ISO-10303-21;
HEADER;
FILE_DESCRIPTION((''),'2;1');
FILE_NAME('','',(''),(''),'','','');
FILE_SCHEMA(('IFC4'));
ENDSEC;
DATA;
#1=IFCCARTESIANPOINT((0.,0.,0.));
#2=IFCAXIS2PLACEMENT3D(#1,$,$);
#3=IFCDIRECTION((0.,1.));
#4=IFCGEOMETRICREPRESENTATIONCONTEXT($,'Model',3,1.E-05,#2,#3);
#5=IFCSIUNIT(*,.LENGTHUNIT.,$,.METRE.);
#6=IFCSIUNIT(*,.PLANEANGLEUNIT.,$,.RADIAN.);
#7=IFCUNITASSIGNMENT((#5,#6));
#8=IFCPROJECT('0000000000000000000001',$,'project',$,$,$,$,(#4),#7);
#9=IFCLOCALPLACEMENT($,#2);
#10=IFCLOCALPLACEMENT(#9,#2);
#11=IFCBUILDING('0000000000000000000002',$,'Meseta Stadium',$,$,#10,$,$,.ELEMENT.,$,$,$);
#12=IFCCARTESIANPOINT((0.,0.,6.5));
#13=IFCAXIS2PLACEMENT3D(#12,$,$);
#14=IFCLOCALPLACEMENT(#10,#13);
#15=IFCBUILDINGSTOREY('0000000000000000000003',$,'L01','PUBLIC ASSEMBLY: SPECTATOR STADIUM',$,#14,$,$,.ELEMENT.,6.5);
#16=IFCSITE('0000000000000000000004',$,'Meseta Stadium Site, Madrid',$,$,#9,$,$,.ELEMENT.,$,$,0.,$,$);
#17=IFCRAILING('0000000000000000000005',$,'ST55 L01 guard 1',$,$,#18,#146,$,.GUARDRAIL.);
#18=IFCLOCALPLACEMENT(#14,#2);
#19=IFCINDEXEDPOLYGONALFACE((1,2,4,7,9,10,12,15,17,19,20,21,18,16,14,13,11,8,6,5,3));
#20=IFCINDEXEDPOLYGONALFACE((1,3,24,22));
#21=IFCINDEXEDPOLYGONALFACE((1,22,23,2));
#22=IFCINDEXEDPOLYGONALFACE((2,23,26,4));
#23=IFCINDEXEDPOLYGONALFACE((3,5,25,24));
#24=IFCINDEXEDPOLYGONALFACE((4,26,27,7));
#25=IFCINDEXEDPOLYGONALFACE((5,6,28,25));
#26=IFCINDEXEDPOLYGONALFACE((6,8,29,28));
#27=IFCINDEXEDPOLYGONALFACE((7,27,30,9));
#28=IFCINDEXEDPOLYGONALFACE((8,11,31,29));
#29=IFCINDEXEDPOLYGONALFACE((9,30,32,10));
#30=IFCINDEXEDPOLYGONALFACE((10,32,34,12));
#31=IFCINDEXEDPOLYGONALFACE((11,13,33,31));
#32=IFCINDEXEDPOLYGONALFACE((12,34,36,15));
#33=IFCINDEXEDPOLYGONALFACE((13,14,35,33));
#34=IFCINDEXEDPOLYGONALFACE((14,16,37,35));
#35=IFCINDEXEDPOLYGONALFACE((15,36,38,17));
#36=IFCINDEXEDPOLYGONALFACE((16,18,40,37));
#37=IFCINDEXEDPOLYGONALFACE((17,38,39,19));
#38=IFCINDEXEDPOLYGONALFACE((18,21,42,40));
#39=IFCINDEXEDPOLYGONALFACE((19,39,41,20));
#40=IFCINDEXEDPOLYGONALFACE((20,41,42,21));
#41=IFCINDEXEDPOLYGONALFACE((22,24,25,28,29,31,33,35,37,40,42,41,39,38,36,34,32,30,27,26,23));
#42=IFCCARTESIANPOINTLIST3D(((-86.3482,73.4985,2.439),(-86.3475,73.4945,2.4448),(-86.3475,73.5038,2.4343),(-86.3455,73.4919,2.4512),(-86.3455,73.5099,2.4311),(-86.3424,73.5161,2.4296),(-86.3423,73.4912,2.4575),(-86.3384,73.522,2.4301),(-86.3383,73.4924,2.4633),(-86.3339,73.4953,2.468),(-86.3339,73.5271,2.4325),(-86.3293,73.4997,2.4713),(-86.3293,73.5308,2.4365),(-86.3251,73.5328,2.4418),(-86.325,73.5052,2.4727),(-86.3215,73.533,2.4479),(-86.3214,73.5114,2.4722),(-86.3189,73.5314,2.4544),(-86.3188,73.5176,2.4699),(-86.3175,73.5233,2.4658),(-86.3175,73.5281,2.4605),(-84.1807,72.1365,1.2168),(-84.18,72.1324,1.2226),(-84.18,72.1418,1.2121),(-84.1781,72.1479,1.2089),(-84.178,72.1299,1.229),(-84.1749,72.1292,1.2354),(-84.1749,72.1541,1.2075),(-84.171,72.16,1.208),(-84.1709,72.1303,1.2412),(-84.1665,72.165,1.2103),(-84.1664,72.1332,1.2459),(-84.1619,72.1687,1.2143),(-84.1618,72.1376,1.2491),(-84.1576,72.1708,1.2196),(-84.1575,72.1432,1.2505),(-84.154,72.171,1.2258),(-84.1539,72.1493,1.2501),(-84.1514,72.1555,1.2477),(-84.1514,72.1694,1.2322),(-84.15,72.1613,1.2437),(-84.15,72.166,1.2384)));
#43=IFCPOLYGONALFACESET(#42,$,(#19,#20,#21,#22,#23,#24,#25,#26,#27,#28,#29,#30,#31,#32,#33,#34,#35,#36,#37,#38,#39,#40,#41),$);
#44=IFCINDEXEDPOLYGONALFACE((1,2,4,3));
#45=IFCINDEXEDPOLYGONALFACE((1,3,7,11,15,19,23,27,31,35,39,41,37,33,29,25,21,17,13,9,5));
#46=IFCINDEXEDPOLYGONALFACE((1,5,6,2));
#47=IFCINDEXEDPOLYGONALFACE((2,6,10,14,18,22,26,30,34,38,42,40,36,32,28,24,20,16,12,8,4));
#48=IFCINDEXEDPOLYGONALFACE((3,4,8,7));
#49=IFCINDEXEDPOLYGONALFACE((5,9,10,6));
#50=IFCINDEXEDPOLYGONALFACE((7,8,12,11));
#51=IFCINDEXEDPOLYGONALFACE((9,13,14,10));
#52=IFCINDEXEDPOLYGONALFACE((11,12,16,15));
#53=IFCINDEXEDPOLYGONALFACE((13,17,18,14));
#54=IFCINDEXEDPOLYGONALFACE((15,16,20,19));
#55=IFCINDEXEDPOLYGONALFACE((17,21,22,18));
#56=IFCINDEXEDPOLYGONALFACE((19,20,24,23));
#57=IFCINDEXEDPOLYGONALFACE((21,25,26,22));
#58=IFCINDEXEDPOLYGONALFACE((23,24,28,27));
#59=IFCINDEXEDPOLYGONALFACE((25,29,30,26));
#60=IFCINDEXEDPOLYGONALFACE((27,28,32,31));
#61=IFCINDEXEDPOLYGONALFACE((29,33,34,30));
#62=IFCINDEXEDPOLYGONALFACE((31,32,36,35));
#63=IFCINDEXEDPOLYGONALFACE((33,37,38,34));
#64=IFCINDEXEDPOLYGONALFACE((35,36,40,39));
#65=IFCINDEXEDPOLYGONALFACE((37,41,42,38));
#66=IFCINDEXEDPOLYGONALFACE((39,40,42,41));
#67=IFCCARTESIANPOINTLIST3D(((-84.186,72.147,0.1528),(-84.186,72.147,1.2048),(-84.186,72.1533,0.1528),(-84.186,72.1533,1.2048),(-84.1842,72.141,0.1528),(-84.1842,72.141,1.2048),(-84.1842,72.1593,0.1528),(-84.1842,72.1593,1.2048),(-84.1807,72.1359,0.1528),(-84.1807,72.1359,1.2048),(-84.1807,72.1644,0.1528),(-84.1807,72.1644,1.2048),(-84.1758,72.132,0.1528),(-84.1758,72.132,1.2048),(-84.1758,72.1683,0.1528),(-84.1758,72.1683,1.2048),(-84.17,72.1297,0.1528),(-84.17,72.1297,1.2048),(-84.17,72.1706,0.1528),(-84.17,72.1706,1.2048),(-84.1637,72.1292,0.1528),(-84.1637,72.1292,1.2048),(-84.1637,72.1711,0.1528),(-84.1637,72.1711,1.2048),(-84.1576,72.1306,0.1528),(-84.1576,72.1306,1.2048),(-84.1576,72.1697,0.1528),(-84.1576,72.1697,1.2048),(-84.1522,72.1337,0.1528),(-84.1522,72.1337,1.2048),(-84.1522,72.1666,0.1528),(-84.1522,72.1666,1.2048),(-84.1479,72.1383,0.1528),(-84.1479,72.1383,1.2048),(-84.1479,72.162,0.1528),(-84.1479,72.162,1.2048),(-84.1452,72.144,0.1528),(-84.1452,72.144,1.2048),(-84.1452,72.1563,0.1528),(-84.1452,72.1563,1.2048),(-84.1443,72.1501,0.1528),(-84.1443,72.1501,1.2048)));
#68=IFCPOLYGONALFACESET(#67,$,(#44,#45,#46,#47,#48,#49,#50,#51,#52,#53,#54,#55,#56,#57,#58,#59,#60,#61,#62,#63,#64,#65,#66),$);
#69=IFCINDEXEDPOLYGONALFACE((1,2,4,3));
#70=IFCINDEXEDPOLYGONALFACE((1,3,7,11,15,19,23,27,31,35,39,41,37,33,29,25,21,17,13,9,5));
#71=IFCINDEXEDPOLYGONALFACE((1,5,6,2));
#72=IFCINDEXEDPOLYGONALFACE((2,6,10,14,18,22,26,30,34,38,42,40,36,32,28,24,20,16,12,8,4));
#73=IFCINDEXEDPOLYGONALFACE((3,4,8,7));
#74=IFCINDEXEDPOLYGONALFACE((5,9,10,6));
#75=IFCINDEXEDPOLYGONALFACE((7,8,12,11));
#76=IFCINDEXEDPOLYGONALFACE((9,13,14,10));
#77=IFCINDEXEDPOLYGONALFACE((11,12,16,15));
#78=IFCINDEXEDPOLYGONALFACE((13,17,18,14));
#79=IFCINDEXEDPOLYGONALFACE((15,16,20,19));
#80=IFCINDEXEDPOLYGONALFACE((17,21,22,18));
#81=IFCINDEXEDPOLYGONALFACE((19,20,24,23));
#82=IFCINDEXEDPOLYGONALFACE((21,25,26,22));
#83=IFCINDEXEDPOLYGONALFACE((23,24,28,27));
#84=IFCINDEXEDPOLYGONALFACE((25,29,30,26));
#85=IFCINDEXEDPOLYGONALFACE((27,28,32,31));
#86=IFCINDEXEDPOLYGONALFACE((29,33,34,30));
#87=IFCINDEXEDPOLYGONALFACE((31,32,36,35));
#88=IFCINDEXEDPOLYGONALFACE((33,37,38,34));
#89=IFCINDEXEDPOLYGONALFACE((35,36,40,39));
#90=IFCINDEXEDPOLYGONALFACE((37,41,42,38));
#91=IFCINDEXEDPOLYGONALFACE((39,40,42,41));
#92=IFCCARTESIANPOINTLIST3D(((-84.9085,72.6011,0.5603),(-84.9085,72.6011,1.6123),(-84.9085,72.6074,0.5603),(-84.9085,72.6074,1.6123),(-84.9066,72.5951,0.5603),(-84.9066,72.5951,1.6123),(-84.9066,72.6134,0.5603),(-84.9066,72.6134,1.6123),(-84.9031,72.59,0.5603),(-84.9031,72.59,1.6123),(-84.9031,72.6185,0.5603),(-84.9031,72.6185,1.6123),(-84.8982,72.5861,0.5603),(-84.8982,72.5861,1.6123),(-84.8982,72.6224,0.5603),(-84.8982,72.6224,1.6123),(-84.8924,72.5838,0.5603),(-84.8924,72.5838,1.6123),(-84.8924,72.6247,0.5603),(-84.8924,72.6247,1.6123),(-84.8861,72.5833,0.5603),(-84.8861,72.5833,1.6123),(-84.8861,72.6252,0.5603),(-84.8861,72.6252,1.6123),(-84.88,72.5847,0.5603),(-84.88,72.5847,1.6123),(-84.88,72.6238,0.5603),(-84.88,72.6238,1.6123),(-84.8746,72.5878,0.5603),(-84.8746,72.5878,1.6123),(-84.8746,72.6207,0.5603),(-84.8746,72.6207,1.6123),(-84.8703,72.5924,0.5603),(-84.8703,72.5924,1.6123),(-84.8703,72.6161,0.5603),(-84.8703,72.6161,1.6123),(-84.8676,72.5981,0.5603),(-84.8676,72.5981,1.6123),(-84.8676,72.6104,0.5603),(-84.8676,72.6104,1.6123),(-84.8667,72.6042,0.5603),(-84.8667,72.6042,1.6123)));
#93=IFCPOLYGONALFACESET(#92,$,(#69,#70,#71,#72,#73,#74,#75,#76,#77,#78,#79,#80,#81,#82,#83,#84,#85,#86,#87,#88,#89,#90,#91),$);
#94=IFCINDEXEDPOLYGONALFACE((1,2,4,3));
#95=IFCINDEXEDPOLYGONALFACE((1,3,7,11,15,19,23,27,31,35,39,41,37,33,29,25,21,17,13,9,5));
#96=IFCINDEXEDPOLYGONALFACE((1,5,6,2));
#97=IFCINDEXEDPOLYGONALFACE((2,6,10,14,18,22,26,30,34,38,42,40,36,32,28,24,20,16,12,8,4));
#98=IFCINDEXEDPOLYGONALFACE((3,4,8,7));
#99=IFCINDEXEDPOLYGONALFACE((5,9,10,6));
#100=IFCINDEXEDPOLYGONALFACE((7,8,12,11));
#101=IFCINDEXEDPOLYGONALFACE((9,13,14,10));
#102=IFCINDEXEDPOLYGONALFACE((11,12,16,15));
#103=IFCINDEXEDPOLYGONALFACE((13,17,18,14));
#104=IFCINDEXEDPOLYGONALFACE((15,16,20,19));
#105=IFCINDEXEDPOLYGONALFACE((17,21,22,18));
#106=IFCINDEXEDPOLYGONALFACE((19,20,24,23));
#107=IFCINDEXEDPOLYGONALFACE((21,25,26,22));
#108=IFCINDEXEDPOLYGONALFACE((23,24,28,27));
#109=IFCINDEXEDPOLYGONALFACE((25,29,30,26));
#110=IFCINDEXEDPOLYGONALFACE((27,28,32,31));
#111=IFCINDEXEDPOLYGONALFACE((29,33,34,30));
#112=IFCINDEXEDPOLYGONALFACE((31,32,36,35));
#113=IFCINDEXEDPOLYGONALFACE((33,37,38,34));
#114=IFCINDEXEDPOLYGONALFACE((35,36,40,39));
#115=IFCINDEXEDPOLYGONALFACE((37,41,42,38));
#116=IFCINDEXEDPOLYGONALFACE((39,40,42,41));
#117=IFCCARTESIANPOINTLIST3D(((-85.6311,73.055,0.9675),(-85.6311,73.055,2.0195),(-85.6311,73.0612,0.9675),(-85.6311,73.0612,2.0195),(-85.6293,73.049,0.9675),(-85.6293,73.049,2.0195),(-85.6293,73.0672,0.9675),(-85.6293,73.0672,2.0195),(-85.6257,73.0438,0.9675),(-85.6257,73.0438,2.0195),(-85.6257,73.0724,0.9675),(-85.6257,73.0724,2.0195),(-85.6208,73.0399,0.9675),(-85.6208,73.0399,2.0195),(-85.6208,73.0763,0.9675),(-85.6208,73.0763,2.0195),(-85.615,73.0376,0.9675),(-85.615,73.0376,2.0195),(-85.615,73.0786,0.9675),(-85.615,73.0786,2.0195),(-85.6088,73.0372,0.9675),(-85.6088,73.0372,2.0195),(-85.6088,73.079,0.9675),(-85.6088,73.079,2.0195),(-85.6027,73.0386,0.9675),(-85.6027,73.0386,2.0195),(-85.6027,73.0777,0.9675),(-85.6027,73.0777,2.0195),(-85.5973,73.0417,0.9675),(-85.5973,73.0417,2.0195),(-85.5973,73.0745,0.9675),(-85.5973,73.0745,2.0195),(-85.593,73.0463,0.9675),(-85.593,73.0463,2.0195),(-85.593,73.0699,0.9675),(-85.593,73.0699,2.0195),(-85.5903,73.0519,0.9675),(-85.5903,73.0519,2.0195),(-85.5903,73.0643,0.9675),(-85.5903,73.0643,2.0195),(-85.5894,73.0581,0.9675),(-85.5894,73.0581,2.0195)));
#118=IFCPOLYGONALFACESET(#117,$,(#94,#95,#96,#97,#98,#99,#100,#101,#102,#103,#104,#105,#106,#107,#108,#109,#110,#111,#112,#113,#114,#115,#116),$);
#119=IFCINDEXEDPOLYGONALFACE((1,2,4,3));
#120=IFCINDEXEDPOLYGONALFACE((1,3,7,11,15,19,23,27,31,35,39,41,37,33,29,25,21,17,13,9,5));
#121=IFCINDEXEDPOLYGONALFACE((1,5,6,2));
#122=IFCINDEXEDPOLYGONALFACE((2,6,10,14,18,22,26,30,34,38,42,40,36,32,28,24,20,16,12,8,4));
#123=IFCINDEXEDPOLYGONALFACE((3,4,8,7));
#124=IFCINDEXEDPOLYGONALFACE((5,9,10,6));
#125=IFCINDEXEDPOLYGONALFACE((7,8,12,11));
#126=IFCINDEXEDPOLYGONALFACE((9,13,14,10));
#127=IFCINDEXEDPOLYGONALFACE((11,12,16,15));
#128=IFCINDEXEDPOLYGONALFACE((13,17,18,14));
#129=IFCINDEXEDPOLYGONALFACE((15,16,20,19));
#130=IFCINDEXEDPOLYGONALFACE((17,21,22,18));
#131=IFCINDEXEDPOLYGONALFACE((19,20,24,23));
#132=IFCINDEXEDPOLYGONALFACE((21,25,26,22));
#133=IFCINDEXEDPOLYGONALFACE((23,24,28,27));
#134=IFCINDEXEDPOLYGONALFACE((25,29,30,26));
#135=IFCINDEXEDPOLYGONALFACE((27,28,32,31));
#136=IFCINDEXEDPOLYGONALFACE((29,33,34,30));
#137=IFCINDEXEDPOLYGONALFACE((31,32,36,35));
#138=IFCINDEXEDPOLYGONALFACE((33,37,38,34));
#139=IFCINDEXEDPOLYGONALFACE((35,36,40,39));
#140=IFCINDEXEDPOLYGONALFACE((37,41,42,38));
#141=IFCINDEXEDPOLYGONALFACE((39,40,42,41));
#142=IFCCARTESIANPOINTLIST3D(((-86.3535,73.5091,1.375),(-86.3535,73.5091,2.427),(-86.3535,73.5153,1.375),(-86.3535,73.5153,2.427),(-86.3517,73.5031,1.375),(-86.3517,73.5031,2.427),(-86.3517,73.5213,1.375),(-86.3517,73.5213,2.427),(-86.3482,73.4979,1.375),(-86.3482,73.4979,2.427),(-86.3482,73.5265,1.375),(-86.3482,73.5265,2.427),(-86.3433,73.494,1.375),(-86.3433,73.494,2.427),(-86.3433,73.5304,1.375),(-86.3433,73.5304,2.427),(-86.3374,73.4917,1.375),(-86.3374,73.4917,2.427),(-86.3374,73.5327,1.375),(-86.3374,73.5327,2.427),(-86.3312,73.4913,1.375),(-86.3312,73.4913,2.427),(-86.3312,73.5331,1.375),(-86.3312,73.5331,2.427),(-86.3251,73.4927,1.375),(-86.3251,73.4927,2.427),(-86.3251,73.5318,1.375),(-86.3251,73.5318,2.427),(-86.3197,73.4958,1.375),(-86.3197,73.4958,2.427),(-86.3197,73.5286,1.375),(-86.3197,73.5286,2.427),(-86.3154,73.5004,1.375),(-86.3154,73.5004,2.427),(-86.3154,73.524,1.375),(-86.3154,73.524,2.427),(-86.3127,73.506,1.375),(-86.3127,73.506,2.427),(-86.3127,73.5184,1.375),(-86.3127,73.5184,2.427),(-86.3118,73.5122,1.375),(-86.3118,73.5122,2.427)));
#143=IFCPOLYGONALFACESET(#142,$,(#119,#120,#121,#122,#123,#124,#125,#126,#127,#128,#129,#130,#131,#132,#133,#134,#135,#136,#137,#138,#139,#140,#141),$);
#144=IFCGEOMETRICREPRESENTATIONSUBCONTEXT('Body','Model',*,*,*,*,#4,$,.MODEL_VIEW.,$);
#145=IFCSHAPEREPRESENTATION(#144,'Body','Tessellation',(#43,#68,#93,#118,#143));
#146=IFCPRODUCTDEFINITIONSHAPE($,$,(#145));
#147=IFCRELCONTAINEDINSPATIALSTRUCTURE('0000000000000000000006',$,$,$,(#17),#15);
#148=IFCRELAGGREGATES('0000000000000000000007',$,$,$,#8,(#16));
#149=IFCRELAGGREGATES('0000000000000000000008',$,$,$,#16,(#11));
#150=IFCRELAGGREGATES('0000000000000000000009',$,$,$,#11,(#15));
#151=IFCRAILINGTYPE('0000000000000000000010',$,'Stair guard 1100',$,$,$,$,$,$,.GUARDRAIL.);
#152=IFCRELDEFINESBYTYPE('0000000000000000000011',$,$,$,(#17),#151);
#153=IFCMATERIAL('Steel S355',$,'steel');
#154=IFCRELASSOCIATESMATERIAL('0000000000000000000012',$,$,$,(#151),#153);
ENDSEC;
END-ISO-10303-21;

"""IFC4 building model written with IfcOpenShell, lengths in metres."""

from ifc_helpers import new_model, si_unit, direction, frame, origin, origin_2d, place, context, subcontext, project, spatial, circle, extrude, material, type_object, element, save


model = new_model("IFC4")

# Units and contexts
model_context = context("Model", 3, precision=1e-05, world=origin(), true_north=direction((0.0, 1.0)))
body_context = subcontext(model_context, "Body", "Model", "MODEL_VIEW")
ifc_project = project(units=[si_unit("LENGTHUNIT", "METRE"), si_unit("PLANEANGLEUNIT", "RADIAN")], contexts=[model_context])

# Site, building, storey
site_placement = place(None, origin())
site = spatial("IfcSite", under=ifc_project, at=site_placement, Name="Meseta Stadium Site, Madrid", CompositionType="ELEMENT", RefElevation=0.0)
building_placement = place(site_placement, origin())
building = spatial("IfcBuilding", under=site, at=building_placement, Name="Meseta Stadium", CompositionType="ELEMENT")
storey_placement = place(building_placement, frame((0.0, 0.0, 6.5)))
storey = spatial("IfcBuildingStorey", under=building, at=storey_placement, Name="L01", Description="PUBLIC ASSEMBLY: SPECTATOR STADIUM", CompositionType="ELEMENT", Elevation=6.5)

# Railing
ifc_material_1 = material(Name="Steel S355", Category="steel")
railing_type_1 = type_object("IfcRailingType", Name="Stair guard 1100", PredefinedType="GUARDRAIL", material=ifc_material_1)
railing_1_placement = place(storey_placement, frame((-84.1653, 72.1501, 0.1528)))
element("IfcRailing", 1, at=railing_1_placement, inside=storey, type_object=railing_type_1, Name="ST55 L01 guard 1", PredefinedType="GUARDRAIL", context=body_context, shape_type="SweptSolid", body=[
    extrude(circle(Radius=0.0239, at=origin_2d()), frame((0.0, 0.0, 1.0762), z_axis=(-0.764085, 0.480156, 0.430841), x_axis=(-0.532072, -0.846699, 0.0)), (0.0, 0.0, 1.0), 2.8367),
    extrude(circle(Radius=0.021, at=origin_2d()), origin(), (0.0, 0.0, 1.0), 1.052),
    extrude(circle(Radius=0.021, at=origin_2d()), frame((-0.7224, 0.4541, 0.4075)), (0.0, 0.0, 1.0), 1.052),
    extrude(circle(Radius=0.021, at=origin_2d()), frame((-1.4451, 0.908, 0.8147)), (0.0, 0.0, 1.0), 1.052),
    extrude(circle(Radius=0.021, at=origin_2d()), frame((-2.1675, 1.3621, 1.2222)), (0.0, 0.0, 1.0), 1.052),
])

save(model, "model.ifc")
